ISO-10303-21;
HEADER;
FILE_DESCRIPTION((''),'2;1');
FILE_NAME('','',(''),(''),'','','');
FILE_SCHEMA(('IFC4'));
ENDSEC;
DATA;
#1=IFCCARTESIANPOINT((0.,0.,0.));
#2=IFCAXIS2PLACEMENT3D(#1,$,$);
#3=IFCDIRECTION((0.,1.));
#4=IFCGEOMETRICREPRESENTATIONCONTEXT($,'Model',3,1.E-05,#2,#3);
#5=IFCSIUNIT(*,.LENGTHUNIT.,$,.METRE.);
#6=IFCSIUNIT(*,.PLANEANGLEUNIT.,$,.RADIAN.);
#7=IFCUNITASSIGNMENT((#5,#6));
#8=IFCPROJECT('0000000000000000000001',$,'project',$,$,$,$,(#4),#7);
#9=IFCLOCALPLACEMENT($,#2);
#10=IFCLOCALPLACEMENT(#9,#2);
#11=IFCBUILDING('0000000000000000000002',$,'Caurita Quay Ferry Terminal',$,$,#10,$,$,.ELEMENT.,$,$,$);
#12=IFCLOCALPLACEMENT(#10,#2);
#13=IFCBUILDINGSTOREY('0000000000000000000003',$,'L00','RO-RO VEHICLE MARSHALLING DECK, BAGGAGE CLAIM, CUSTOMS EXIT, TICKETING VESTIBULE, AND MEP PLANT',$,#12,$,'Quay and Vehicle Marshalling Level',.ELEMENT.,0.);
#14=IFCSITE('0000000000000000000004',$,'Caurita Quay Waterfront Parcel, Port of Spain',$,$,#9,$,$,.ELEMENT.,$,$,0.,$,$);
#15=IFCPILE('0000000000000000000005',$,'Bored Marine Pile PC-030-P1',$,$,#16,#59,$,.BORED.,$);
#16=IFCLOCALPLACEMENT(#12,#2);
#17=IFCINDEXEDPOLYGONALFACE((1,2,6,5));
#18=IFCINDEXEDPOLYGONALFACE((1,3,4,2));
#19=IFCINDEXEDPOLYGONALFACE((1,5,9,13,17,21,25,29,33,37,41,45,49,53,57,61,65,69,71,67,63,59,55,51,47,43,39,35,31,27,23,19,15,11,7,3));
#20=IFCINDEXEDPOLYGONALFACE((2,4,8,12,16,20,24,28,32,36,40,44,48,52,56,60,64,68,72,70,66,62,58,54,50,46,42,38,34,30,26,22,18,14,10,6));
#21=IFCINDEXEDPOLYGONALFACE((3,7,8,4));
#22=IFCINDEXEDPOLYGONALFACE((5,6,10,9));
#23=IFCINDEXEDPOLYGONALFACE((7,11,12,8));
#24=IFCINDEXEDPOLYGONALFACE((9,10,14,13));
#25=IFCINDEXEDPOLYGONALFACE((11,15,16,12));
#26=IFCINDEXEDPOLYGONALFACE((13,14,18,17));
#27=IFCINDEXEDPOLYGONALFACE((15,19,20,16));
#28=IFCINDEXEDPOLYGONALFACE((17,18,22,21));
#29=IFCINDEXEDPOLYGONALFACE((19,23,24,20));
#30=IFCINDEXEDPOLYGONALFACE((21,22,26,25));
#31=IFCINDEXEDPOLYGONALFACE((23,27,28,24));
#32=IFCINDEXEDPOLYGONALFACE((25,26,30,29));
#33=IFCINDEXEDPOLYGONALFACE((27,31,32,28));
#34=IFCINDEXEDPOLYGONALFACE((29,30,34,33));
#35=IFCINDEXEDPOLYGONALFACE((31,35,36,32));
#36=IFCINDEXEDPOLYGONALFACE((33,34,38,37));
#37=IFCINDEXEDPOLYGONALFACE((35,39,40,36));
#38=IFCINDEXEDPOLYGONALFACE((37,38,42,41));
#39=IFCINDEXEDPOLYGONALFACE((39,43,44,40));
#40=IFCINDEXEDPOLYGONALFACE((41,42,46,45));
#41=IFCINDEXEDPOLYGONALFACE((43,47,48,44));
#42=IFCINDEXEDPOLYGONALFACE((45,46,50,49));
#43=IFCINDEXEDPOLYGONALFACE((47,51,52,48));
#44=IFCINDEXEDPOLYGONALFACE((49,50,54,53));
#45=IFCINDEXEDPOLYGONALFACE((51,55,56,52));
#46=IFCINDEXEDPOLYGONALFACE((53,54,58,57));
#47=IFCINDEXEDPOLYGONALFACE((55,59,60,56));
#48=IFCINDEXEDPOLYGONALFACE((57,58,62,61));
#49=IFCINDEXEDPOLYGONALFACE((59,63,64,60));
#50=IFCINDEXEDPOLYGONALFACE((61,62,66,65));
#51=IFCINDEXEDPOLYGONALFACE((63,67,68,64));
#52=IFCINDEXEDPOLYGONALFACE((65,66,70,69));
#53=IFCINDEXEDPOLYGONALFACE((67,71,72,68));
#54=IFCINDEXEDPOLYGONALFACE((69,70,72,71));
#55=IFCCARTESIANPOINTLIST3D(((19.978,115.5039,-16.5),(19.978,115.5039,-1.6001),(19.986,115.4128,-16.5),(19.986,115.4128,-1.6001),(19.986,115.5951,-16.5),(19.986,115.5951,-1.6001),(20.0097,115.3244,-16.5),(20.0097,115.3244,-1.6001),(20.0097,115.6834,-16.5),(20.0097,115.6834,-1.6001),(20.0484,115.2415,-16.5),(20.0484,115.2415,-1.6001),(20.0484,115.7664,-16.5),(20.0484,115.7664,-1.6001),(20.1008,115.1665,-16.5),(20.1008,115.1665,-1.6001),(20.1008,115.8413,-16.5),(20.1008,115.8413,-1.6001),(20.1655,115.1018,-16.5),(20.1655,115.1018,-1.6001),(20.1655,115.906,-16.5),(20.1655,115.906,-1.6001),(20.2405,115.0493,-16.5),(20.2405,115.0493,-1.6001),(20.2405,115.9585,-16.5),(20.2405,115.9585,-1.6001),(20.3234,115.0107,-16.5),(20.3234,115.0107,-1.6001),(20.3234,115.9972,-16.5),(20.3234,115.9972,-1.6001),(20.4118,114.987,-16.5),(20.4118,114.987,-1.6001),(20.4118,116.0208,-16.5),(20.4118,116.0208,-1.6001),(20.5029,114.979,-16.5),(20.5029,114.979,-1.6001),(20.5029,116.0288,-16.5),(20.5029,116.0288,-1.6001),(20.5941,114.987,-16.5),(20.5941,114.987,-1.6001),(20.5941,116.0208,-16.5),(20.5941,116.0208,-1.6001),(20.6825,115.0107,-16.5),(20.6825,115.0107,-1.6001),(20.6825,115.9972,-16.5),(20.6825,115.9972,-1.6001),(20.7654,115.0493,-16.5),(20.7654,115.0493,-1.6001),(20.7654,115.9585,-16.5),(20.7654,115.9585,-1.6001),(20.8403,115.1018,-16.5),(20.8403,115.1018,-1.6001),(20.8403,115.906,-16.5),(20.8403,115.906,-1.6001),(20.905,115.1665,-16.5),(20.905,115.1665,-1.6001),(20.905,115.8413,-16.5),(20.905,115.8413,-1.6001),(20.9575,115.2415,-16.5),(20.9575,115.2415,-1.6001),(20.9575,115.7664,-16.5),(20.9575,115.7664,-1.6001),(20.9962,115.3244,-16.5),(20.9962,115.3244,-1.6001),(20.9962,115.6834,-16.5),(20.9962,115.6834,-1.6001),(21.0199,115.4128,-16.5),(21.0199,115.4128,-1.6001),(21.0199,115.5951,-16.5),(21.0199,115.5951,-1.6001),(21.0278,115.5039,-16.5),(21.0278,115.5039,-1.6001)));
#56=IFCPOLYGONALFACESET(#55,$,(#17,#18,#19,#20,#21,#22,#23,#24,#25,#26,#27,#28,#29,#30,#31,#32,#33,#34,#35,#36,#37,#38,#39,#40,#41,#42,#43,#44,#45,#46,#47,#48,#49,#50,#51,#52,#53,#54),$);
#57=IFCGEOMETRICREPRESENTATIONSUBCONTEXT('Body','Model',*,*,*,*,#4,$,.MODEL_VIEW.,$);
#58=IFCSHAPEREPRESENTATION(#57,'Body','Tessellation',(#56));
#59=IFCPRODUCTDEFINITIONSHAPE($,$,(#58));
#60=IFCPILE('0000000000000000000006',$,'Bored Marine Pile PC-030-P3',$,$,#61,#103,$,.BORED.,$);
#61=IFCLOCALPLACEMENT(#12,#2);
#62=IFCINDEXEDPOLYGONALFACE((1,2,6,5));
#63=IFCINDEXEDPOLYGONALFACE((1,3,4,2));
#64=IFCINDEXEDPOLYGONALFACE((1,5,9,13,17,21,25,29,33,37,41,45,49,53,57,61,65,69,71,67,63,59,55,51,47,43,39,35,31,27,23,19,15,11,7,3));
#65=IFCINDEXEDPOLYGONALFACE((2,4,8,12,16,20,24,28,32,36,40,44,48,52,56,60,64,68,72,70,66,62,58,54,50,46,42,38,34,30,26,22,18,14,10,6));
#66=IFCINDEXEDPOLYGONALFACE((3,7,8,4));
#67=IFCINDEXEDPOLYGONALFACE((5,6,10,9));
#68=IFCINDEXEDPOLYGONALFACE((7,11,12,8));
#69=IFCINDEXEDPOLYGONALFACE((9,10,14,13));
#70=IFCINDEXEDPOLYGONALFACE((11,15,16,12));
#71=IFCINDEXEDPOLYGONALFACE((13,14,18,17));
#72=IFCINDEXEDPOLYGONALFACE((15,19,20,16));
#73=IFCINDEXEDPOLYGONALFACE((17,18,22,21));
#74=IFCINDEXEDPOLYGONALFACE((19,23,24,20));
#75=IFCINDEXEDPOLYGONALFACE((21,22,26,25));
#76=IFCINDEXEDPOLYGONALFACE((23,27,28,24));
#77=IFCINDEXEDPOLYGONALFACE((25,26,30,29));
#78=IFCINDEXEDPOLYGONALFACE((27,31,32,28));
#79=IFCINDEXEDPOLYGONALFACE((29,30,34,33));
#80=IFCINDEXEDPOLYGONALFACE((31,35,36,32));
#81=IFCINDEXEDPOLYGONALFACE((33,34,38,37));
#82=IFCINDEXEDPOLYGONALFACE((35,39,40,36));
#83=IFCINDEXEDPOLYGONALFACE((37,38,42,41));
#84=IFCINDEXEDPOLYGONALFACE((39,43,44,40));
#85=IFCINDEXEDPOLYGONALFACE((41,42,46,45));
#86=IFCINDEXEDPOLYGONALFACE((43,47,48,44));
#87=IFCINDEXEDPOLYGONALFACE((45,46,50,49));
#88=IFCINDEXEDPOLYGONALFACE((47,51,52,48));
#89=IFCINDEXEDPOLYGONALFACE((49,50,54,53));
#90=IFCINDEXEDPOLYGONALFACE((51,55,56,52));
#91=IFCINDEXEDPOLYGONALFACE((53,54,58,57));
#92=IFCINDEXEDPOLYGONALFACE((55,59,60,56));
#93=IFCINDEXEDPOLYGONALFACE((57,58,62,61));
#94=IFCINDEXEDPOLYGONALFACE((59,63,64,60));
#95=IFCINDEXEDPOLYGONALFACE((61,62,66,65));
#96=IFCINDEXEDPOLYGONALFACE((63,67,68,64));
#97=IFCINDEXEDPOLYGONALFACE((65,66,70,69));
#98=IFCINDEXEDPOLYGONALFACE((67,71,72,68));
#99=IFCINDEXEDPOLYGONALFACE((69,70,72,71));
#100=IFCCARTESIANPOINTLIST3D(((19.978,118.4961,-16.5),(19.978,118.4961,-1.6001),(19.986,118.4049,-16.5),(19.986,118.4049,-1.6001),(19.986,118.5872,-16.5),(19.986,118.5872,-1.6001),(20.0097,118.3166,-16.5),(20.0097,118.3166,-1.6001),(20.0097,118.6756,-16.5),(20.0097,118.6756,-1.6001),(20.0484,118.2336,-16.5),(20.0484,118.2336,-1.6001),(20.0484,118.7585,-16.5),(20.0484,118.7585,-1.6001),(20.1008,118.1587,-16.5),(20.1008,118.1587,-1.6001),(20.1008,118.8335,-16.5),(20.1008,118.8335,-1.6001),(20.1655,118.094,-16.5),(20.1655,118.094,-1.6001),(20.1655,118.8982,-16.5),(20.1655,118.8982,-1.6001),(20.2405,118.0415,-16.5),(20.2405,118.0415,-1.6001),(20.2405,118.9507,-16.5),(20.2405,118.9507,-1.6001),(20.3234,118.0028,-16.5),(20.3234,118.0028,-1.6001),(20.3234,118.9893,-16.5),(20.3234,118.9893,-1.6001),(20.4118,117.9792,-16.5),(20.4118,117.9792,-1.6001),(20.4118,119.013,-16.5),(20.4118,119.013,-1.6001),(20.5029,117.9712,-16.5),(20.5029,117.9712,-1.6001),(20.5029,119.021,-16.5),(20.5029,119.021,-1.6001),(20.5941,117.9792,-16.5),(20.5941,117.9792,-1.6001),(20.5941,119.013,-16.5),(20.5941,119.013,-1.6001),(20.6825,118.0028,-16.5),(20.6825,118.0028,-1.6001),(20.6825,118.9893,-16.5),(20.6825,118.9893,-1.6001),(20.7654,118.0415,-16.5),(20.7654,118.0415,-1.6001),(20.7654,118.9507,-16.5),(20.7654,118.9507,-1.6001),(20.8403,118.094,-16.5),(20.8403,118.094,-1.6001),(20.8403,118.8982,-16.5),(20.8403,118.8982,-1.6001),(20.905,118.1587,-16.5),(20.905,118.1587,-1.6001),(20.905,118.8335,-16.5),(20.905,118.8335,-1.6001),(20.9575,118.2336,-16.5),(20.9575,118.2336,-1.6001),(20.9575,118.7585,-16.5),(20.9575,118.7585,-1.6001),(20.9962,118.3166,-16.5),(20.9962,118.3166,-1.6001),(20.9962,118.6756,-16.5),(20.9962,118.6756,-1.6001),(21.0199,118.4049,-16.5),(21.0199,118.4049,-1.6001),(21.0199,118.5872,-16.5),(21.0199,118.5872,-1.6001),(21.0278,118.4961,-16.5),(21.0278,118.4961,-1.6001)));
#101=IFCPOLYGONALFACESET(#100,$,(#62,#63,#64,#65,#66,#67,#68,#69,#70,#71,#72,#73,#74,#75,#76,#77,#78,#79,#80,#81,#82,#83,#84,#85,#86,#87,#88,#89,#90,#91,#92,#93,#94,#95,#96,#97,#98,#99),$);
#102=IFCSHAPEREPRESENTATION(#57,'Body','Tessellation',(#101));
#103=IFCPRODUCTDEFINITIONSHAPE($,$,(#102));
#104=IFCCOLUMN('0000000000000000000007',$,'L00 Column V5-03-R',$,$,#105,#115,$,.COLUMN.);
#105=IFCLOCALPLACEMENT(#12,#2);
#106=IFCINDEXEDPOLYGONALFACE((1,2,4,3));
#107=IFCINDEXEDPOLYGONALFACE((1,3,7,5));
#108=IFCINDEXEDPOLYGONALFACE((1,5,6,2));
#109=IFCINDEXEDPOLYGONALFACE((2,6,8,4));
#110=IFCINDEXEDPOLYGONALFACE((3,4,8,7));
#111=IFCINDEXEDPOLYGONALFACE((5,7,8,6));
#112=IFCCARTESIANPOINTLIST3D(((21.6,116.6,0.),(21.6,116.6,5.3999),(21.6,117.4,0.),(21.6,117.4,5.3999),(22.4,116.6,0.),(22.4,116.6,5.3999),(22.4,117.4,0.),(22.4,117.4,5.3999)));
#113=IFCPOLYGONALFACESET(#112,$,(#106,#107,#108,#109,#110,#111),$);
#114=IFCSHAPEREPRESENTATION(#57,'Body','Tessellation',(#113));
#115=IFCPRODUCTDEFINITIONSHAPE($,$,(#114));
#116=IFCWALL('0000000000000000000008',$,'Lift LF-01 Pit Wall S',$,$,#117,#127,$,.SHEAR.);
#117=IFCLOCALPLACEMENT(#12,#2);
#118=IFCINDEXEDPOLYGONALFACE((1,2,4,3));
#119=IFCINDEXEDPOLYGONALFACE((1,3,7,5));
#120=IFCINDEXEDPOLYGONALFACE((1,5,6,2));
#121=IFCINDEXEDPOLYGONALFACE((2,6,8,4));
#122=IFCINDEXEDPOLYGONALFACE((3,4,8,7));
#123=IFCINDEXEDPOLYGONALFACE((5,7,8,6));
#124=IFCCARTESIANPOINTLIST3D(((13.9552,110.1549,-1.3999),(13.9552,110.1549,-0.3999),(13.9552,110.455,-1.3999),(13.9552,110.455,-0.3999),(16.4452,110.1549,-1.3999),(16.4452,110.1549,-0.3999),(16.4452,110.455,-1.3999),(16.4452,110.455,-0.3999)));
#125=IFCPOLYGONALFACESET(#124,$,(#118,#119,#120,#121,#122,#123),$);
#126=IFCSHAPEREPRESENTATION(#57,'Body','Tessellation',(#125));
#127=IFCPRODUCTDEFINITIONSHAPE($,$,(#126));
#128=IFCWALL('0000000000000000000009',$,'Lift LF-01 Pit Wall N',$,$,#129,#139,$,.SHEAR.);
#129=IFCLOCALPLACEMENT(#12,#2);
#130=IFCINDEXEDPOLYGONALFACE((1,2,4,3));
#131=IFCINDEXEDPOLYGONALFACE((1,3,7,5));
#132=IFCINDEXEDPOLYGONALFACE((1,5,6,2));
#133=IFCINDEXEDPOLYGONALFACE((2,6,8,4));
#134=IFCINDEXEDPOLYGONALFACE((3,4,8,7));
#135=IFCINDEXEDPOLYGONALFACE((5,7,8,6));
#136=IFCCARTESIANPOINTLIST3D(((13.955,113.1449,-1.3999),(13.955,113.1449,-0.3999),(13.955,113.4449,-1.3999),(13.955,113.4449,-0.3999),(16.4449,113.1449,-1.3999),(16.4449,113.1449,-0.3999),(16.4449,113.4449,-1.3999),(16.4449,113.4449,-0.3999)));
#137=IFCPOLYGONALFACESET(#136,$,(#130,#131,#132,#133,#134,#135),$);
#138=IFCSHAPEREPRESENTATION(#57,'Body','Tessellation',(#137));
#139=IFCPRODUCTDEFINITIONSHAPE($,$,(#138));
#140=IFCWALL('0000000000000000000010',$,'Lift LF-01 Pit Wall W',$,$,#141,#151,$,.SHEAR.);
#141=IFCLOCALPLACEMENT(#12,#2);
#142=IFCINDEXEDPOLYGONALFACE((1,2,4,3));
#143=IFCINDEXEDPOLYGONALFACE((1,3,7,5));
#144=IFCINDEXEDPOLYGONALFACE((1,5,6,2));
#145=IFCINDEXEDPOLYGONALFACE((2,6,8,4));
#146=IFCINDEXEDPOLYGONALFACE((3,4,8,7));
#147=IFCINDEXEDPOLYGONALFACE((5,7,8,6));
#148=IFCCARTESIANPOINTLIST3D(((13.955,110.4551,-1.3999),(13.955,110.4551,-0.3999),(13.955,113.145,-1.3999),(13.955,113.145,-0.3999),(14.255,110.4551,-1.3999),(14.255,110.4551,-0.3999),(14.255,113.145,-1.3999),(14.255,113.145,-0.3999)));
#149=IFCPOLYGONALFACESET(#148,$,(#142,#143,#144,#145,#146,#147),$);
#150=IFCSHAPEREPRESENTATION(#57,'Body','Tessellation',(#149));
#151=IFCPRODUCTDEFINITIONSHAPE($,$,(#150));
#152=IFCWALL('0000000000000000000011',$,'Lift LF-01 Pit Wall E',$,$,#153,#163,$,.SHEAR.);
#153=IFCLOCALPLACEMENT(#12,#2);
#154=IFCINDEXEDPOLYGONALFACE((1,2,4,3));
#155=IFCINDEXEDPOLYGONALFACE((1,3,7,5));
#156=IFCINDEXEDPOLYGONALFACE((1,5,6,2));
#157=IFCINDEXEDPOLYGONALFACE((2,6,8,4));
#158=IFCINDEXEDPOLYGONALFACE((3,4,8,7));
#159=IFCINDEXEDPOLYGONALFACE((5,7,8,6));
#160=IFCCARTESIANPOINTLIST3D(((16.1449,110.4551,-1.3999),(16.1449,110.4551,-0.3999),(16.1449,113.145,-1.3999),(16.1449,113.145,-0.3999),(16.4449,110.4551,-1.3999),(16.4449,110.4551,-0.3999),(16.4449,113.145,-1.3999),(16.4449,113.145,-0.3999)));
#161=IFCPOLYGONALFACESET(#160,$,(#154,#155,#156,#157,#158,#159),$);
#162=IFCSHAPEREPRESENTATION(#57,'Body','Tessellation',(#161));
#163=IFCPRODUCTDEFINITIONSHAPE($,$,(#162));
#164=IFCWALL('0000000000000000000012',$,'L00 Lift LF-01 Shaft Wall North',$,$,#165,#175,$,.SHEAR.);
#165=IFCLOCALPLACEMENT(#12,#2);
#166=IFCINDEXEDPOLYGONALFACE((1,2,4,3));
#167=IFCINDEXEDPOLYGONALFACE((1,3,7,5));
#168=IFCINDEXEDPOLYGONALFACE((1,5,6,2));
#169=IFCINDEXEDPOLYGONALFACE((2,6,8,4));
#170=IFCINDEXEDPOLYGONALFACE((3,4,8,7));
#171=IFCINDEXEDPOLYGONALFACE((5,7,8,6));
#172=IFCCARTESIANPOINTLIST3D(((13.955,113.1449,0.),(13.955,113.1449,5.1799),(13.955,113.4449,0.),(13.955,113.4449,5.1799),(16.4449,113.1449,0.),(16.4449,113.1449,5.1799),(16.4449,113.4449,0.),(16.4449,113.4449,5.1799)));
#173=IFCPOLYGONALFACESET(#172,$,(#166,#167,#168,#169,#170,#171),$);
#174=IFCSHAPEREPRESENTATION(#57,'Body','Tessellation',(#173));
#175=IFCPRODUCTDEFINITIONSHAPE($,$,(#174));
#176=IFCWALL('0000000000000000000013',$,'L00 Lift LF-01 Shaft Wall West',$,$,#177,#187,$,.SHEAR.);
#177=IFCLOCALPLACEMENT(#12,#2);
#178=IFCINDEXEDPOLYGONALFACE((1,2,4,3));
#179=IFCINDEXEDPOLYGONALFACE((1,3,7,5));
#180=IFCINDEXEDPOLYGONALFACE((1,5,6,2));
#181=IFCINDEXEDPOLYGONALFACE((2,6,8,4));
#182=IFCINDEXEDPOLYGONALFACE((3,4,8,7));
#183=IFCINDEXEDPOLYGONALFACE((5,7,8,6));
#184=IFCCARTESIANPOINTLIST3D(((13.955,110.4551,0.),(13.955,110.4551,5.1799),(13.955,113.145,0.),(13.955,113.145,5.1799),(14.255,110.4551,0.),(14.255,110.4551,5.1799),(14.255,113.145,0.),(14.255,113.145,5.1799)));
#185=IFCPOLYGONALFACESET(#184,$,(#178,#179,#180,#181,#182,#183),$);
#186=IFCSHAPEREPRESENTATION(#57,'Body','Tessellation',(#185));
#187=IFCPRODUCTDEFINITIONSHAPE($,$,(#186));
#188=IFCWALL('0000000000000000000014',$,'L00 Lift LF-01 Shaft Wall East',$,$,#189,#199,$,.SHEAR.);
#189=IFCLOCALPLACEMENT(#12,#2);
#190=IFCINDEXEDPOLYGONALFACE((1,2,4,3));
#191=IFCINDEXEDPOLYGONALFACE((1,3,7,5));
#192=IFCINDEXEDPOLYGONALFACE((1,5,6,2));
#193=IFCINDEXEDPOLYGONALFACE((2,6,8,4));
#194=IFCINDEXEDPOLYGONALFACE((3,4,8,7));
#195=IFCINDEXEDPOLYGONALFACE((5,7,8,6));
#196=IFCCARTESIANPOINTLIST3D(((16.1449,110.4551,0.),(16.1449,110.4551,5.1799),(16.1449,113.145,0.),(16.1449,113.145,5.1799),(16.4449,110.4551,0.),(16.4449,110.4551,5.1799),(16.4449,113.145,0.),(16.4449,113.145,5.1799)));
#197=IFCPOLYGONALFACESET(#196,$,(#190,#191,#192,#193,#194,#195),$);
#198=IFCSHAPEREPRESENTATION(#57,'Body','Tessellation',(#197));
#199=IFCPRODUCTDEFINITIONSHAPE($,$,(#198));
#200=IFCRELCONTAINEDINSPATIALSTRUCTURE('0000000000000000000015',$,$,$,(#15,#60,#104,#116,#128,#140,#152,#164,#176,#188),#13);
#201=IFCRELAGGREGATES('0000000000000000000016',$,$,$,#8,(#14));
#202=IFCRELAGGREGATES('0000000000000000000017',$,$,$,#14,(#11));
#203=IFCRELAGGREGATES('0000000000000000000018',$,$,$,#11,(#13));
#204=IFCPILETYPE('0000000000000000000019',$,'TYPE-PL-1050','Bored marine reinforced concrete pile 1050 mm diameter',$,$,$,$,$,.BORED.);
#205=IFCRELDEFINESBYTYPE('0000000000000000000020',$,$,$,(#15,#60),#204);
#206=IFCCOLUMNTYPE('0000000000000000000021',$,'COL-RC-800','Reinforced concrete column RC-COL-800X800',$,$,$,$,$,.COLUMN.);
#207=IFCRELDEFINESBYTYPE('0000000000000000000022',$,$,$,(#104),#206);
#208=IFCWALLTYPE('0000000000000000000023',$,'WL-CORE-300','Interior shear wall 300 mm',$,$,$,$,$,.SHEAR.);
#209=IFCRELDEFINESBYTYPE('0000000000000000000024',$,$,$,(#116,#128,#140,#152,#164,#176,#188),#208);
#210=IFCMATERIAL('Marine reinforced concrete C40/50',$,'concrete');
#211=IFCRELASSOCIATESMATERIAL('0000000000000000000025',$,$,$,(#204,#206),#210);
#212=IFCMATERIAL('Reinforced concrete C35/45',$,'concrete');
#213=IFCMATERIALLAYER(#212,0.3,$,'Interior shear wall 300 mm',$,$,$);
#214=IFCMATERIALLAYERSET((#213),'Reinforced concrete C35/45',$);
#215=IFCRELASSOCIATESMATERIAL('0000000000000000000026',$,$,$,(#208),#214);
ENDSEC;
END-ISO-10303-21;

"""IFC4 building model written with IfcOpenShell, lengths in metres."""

from ifc_helpers import new_model, si_unit, direction, frame, frame_2d, origin, origin_2d, place, context, subcontext, project, spatial, rectangle, circle, extrude, material, layer, layer_set, material_profile, profile_set, type_object, element, save


model = new_model("IFC4")

# Units and contexts
model_context = context("Model", 3, precision=1e-05, world=origin(), true_north=direction((0.0, 1.0)))
body_context = subcontext(model_context, "Body", "Model", "MODEL_VIEW")
ifc_project = project(units=[si_unit("LENGTHUNIT", "METRE"), si_unit("PLANEANGLEUNIT", "RADIAN")], contexts=[model_context])

# Site, building, storey
site_placement = place(None, origin())
site = spatial("IfcSite", under=ifc_project, at=site_placement, Name="Caurita Quay Waterfront Parcel, Port of Spain", CompositionType="ELEMENT", RefElevation=0.0)
building_placement = place(site_placement, origin())
building = spatial("IfcBuilding", under=site, at=building_placement, Name="Caurita Quay Ferry Terminal", CompositionType="ELEMENT")
storey_placement = place(building_placement, origin())
storey = spatial("IfcBuildingStorey", under=building, at=storey_placement, Name="L00", Description="RO-RO VEHICLE MARSHALLING DECK, BAGGAGE CLAIM, CUSTOMS EXIT, TICKETING VESTIBULE, AND MEP PLANT", LongName="Quay and Vehicle Marshalling Level", CompositionType="ELEMENT", Elevation=0.0)

# Piles
ifc_material_1 = material(Name="Marine reinforced concrete C40/50", Category="concrete")
ifc_material_profile_1 = material_profile(ifc_material_1, circle(Radius=0.5249, at=origin_2d()), Name="PILE-D1050")
ifc_profile_set_1 = profile_set([ifc_material_profile_1], Name="Marine reinforced concrete C40/50")
pile_type = type_object("IfcPileType", Name="TYPE-PL-1050", Description="Bored marine reinforced concrete pile 1050 mm diameter", PredefinedType="BORED", material=ifc_profile_set_1)
for number, where, z_axis, x_axis, name in (
    (1, (20.5029, 115.5039, -1.6001), (0.0, 0.0, -1.0), (1.0, 0.0, 0.0), "Bored Marine Pile PC-030-P1"),
    (2, (20.5029, 118.4961, -1.6001), (0.0, 0.0, -1.0), (1.0, 0.0, 0.0), "Bored Marine Pile PC-030-P3"),
):
    element("IfcPile", number, at=place(storey_placement, frame(where, z_axis=z_axis, x_axis=x_axis)), inside=storey, type_object=pile_type, Name=name, PredefinedType="BORED", context=body_context, shape_type="SweptSolid", body=[
        extrude(circle(Radius=0.5249, at=origin_2d()), origin(), (0.0, 0.0, 1.0), 14.8999),
    ])

# Column
ifc_material_profile_2 = material_profile(ifc_material_1, rectangle(XDim=0.8, YDim=0.8, at=origin_2d()), Name="RC-COL-800X800")
ifc_profile_set_2 = profile_set([ifc_material_profile_2], Name="Marine reinforced concrete C40/50")
column_type = type_object("IfcColumnType", Name="COL-RC-800", Description="Reinforced concrete column RC-COL-800X800", PredefinedType="COLUMN", material=ifc_profile_set_2)
column_placement = place(storey_placement, frame((22.0, 117.0, 0.0), z_axis=(0.0, 0.0, 1.0), x_axis=(1.0, 0.0, 0.0)))
element("IfcColumn", 3, at=column_placement, inside=storey, type_object=column_type, Name="L00 Column V5-03-R", PredefinedType="COLUMN", context=body_context, shape_type="SweptSolid", body=[
    extrude(rectangle(XDim=0.8, YDim=0.8, at=origin_2d()), origin(), (0.0, 0.0, 1.0), 5.3999),
])

# Walls
ifc_material_2 = material(Name="Reinforced concrete C35/45", Category="concrete")
ifc_layer_1 = layer(ifc_material_2, 0.3, Name="Interior shear wall 300 mm")
ifc_layer_set_1 = layer_set([ifc_layer_1], Name="Reinforced concrete C35/45")
wall_type_1 = type_object("IfcWallType", Name="WL-CORE-300", Description="Interior shear wall 300 mm", PredefinedType="SHEAR", material=ifc_layer_set_1)
for number, where, z_axis, x_axis, name in (
    (4, (13.9551, 110.3049, -1.3999), (0.0, 0.0, 1.0), (1.0, 0.0, 0.0), "Lift LF-01 Pit Wall S"),
    (5, (16.4451, 113.2949, -1.3999), (0.0, 0.0, 1.0), (-1.0, 0.0, 0.0), "Lift LF-01 Pit Wall N"),
):
    element("IfcWall", number, at=place(storey_placement, frame(where, z_axis=z_axis, x_axis=x_axis)), inside=storey, type_object=wall_type_1, Name=name, PredefinedType="SHEAR", context=body_context, shape_type="SweptSolid", body=[
        extrude(rectangle(XDim=2.49, YDim=0.3, at=frame_2d((1.2451, 0.0))), origin(), (0.0, 0.0, 1.0), 1.0),
    ])
for number, where, z_axis, x_axis, name in (
    (6, (14.105, 113.145, -1.3999), (0.0, 0.0, 1.0), (0.0, -1.0, 0.0), "Lift LF-01 Pit Wall W"),
    (7, (16.2949, 110.4551, -1.3999), (0.0, 0.0, 1.0), (0.0, 1.0, 0.0), "Lift LF-01 Pit Wall E"),
):
    element("IfcWall", number, at=place(storey_placement, frame(where, z_axis=z_axis, x_axis=x_axis)), inside=storey, type_object=wall_type_1, Name=name, PredefinedType="SHEAR", context=body_context, shape_type="SweptSolid", body=[
        extrude(rectangle(XDim=2.6899, YDim=0.3, at=frame_2d((1.345, 0.0))), origin(), (0.0, 0.0, 1.0), 1.0),
    ])

# Walls
wall_1_placement = place(storey_placement, frame((16.4451, 113.2949, 0.0), z_axis=(0.0, 0.0, 1.0), x_axis=(-1.0, 0.0, 0.0)))
element("IfcWall", 8, at=wall_1_placement, inside=storey, type_object=wall_type_1, Name="L00 Lift LF-01 Shaft Wall North", PredefinedType="SHEAR", context=body_context, shape_type="SweptSolid", body=[
    extrude(rectangle(XDim=2.49, YDim=0.3, at=frame_2d((1.2451, 0.0))), origin(), (0.0, 0.0, 1.0), 5.1799),
])
for number, where, z_axis, x_axis, name in (
    (9, (14.105, 113.145, 0.0), (0.0, 0.0, 1.0), (0.0, -1.0, 0.0), "L00 Lift LF-01 Shaft Wall West"),
    (10, (16.2949, 110.4551, 0.0), (0.0, 0.0, 1.0), (0.0, 1.0, 0.0), "L00 Lift LF-01 Shaft Wall East"),
):
    element("IfcWall", number, at=place(storey_placement, frame(where, z_axis=z_axis, x_axis=x_axis)), inside=storey, type_object=wall_type_1, Name=name, PredefinedType="SHEAR", context=body_context, shape_type="SweptSolid", body=[
        extrude(rectangle(XDim=2.6899, YDim=0.3, at=frame_2d((1.345, 0.0))), origin(), (0.0, 0.0, 1.0), 5.1799),
    ])

save(model, "model.ifc")
